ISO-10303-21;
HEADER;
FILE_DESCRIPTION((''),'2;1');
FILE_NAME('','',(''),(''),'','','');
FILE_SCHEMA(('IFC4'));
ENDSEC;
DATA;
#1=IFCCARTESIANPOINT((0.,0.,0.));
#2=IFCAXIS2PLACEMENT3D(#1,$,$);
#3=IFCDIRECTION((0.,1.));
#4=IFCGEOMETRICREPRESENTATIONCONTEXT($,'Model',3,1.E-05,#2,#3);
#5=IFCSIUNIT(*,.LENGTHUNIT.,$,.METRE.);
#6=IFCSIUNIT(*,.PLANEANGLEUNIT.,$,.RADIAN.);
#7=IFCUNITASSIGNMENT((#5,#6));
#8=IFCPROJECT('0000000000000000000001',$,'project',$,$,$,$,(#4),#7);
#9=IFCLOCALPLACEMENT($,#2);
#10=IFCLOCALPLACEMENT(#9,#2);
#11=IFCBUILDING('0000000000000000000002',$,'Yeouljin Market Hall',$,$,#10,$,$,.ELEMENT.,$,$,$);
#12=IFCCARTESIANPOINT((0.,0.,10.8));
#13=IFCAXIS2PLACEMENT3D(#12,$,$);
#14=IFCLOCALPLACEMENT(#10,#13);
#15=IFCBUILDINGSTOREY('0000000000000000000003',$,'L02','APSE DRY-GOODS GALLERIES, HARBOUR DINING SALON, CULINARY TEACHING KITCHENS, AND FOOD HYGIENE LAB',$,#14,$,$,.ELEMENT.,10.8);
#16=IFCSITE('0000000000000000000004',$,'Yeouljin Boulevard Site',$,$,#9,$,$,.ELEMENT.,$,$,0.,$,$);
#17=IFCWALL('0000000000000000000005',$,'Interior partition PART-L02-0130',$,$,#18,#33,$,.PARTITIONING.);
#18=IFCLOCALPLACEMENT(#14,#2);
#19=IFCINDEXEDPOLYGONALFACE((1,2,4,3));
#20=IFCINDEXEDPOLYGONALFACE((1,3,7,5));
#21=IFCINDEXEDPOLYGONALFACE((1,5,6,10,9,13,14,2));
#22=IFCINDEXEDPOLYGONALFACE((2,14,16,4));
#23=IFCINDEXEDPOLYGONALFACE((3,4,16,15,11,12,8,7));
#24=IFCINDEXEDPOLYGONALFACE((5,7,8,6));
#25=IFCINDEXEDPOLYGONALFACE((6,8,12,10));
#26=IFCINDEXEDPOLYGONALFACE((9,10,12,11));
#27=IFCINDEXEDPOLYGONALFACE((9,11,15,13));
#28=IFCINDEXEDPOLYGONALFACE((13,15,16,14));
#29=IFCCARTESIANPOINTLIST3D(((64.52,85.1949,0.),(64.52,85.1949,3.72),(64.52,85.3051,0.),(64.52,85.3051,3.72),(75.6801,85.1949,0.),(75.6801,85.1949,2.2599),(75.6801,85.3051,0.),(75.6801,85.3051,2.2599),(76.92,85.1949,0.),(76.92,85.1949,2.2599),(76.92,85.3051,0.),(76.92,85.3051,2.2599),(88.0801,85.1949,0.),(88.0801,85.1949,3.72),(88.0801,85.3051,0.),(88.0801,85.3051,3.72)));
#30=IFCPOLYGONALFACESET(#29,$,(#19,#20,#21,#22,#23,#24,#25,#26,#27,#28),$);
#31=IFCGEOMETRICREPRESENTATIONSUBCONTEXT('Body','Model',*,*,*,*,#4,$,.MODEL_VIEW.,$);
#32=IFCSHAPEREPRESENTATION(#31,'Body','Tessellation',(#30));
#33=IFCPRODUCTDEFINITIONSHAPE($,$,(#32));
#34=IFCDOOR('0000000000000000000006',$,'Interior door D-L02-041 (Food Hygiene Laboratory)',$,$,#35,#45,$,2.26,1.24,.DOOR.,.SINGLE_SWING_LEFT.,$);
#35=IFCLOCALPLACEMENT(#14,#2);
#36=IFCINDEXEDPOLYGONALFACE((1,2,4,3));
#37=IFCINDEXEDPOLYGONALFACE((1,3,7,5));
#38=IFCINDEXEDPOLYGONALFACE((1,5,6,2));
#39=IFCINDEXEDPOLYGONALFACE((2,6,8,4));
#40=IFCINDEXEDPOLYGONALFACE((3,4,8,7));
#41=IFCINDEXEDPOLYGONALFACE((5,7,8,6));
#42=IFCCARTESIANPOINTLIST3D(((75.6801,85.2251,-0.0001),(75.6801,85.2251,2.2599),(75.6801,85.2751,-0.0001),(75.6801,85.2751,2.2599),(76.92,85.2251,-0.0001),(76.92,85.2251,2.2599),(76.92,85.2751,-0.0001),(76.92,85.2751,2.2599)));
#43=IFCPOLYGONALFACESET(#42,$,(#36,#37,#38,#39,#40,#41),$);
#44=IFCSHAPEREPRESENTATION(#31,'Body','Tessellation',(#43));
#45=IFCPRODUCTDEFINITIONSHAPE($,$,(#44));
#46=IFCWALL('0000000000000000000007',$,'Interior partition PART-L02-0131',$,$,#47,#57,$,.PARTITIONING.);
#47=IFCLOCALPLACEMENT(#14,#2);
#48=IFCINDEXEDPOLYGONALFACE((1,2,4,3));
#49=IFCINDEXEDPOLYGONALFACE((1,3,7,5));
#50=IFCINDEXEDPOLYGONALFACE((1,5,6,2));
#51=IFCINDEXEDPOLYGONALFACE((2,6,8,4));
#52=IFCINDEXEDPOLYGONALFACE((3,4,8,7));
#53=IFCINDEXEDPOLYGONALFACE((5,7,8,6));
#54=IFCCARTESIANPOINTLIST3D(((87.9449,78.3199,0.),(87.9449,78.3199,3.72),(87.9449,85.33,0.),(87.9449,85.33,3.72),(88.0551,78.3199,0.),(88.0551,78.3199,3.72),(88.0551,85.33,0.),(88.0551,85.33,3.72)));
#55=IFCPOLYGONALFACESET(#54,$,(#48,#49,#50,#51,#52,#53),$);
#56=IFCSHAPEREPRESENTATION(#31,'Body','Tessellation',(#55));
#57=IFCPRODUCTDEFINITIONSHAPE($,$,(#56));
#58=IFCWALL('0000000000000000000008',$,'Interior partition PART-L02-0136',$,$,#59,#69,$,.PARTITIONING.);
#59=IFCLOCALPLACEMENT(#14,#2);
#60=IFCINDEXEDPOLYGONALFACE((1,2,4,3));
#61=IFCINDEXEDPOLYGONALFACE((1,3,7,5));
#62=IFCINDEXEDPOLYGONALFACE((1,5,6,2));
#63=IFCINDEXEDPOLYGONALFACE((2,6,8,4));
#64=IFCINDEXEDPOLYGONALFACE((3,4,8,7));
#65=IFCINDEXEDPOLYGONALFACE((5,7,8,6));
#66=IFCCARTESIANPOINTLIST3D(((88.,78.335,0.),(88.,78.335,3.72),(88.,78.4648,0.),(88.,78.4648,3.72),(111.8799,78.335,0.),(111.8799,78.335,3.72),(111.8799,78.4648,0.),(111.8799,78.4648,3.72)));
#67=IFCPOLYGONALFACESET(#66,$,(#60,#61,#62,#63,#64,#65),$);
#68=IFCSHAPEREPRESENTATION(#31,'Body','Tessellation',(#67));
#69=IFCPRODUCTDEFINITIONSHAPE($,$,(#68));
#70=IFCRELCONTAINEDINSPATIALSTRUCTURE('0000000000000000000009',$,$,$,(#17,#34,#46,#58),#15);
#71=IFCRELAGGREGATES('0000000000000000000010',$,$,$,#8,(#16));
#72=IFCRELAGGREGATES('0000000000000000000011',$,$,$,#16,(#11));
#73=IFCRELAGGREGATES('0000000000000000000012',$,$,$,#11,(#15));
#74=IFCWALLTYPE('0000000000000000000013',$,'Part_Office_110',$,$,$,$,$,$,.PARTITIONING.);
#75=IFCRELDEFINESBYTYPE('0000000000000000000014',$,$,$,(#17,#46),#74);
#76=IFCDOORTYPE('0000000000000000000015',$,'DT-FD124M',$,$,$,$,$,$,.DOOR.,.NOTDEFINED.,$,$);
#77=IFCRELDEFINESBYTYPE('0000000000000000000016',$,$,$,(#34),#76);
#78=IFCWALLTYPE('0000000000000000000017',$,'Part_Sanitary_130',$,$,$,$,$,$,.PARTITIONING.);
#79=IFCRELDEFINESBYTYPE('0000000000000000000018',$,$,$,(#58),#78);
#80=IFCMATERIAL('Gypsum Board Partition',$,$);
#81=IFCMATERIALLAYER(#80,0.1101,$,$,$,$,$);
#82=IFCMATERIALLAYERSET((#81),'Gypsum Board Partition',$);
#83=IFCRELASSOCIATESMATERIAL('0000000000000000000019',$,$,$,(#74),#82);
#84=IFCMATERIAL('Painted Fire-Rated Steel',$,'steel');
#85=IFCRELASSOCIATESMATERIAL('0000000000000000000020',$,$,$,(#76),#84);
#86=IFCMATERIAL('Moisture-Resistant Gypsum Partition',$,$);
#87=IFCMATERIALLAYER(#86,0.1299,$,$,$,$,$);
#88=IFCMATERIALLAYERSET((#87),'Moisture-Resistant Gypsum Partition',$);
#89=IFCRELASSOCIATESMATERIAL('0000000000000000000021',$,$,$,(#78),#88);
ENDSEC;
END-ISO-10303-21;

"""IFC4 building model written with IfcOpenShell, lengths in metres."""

from ifc_helpers import new_model, si_unit, direction, frame, frame_2d, origin, place, context, subcontext, project, spatial, rectangle, extrude, material, layer, layer_set, type_object, element, fill, save


model = new_model("IFC4")

# Units and contexts
model_context = context("Model", 3, precision=1e-05, world=origin(), true_north=direction((0.0, 1.0)))
body_context = subcontext(model_context, "Body", "Model", "MODEL_VIEW")
ifc_project = project(units=[si_unit("LENGTHUNIT", "METRE"), si_unit("PLANEANGLEUNIT", "RADIAN")], contexts=[model_context])

# Site, building, storey
site_placement = place(None, origin())
site = spatial("IfcSite", under=ifc_project, at=site_placement, Name="Yeouljin Boulevard Site", CompositionType="ELEMENT", RefElevation=0.0)
building_placement = place(site_placement, origin())
building = spatial("IfcBuilding", under=site, at=building_placement, Name="Yeouljin Market Hall", CompositionType="ELEMENT")
storey_placement = place(building_placement, frame((0.0, 0.0, 10.8)))
storey = spatial("IfcBuildingStorey", under=building, at=storey_placement, Name="L02", Description="APSE DRY-GOODS GALLERIES, HARBOUR DINING SALON, CULINARY TEACHING KITCHENS, AND FOOD HYGIENE LAB", CompositionType="ELEMENT", Elevation=10.8)

# Wall, opening, door
ifc_material_1 = material(Name="Gypsum Board Partition")
ifc_layer_1 = layer(ifc_material_1, 0.1101)
ifc_layer_set_1 = layer_set([ifc_layer_1], Name="Gypsum Board Partition")
wall_type_1 = type_object("IfcWallType", Name="Part_Office_110", PredefinedType="PARTITIONING", material=ifc_layer_set_1)
wall_1_placement = place(storey_placement, frame((88.0801, 85.25, 0.0), z_axis=(0.0, 0.0, 1.0), x_axis=(-1.0, 0.0, 0.0)))
wall_1 = element("IfcWall", 1, at=wall_1_placement, inside=storey, type_object=wall_type_1, Name="Interior partition PART-L02-0130", PredefinedType="PARTITIONING", context=body_context, shape_type="SweptSolid", body=[
    extrude(rectangle(XDim=23.5601, YDim=0.1101, at=frame_2d((11.78, 0.0))), origin(), (0.0, 0.0, 1.0), 3.72),
])
opening_placement = place(wall_1_placement, frame((11.1599, 0.0, 0.0)))
opening = element("IfcOpeningElement", 2, at=opening_placement, cuts=wall_1, PredefinedType="OPENING", context=body_context, shape_type="SweptSolid", body=[
    extrude(rectangle(XDim=1.24, YDim=2.26, at=frame_2d((0.6201, 1.1299))), frame((0.0, 0.0649, 0.0), z_axis=(0.0, -1.0, 0.0), x_axis=(1.0, 0.0, 0.0)), (0.0, 0.0, 1.0), 0.1301),
])
ifc_material_2 = material(Name="Painted Fire-Rated Steel", Category="steel")
door_type = type_object("IfcDoorType", Name="DT-FD124M", OperationType="NOTDEFINED", PredefinedType="DOOR", material=ifc_material_2)
door_placement = place(opening_placement, origin())
door = element("IfcDoor", 3, at=door_placement, inside=storey, type_object=door_type, Name="Interior door D-L02-041 (Food Hygiene Laboratory)", OperationType="SINGLE_SWING_LEFT", OverallHeight=2.26, OverallWidth=1.24, PredefinedType="DOOR", context=body_context, shape_type="SweptSolid", body=[
    extrude(rectangle(XDim=1.24, YDim=2.26, at=frame_2d((0.6201, 1.1299))), frame((0.0, 0.0249, 0.0), z_axis=(0.0, -1.0, 0.0), x_axis=(1.0, 0.0, 0.0)), (0.0, 0.0, 1.0), 0.05),
])
fill(opening, door)

# Walls
wall_2_placement = place(storey_placement, frame((88.0, 78.3201, 0.0), z_axis=(0.0, 0.0, 1.0), x_axis=(0.0, 1.0, 0.0)))
element("IfcWall", 4, at=wall_2_placement, inside=storey, type_object=wall_type_1, Name="Interior partition PART-L02-0131", PredefinedType="PARTITIONING", context=body_context, shape_type="SweptSolid", body=[
    extrude(rectangle(XDim=7.01, YDim=0.1101, at=frame_2d((3.5049, 0.0))), origin(), (0.0, 0.0, 1.0), 3.72),
])
ifc_material_3 = material(Name="Moisture-Resistant Gypsum Partition")
ifc_layer_2 = layer(ifc_material_3, 0.1299)
ifc_layer_set_2 = layer_set([ifc_layer_2], Name="Moisture-Resistant Gypsum Partition")
wall_type_2 = type_object("IfcWallType", Name="Part_Sanitary_130", PredefinedType="PARTITIONING", material=ifc_layer_set_2)
wall_3_placement = place(storey_placement, frame((88.0, 78.3999, 0.0), z_axis=(0.0, 0.0, 1.0), x_axis=(1.0, 0.0, 0.0)))
element("IfcWall", 5, at=wall_3_placement, inside=storey, type_object=wall_type_2, Name="Interior partition PART-L02-0136", PredefinedType="PARTITIONING", context=body_context, shape_type="SweptSolid", body=[
    extrude(rectangle(XDim=23.8799, YDim=0.1299, at=frame_2d((11.9399, 0.0))), origin(), (0.0, 0.0, 1.0), 3.72),
])

save(model, "model.ifc")
